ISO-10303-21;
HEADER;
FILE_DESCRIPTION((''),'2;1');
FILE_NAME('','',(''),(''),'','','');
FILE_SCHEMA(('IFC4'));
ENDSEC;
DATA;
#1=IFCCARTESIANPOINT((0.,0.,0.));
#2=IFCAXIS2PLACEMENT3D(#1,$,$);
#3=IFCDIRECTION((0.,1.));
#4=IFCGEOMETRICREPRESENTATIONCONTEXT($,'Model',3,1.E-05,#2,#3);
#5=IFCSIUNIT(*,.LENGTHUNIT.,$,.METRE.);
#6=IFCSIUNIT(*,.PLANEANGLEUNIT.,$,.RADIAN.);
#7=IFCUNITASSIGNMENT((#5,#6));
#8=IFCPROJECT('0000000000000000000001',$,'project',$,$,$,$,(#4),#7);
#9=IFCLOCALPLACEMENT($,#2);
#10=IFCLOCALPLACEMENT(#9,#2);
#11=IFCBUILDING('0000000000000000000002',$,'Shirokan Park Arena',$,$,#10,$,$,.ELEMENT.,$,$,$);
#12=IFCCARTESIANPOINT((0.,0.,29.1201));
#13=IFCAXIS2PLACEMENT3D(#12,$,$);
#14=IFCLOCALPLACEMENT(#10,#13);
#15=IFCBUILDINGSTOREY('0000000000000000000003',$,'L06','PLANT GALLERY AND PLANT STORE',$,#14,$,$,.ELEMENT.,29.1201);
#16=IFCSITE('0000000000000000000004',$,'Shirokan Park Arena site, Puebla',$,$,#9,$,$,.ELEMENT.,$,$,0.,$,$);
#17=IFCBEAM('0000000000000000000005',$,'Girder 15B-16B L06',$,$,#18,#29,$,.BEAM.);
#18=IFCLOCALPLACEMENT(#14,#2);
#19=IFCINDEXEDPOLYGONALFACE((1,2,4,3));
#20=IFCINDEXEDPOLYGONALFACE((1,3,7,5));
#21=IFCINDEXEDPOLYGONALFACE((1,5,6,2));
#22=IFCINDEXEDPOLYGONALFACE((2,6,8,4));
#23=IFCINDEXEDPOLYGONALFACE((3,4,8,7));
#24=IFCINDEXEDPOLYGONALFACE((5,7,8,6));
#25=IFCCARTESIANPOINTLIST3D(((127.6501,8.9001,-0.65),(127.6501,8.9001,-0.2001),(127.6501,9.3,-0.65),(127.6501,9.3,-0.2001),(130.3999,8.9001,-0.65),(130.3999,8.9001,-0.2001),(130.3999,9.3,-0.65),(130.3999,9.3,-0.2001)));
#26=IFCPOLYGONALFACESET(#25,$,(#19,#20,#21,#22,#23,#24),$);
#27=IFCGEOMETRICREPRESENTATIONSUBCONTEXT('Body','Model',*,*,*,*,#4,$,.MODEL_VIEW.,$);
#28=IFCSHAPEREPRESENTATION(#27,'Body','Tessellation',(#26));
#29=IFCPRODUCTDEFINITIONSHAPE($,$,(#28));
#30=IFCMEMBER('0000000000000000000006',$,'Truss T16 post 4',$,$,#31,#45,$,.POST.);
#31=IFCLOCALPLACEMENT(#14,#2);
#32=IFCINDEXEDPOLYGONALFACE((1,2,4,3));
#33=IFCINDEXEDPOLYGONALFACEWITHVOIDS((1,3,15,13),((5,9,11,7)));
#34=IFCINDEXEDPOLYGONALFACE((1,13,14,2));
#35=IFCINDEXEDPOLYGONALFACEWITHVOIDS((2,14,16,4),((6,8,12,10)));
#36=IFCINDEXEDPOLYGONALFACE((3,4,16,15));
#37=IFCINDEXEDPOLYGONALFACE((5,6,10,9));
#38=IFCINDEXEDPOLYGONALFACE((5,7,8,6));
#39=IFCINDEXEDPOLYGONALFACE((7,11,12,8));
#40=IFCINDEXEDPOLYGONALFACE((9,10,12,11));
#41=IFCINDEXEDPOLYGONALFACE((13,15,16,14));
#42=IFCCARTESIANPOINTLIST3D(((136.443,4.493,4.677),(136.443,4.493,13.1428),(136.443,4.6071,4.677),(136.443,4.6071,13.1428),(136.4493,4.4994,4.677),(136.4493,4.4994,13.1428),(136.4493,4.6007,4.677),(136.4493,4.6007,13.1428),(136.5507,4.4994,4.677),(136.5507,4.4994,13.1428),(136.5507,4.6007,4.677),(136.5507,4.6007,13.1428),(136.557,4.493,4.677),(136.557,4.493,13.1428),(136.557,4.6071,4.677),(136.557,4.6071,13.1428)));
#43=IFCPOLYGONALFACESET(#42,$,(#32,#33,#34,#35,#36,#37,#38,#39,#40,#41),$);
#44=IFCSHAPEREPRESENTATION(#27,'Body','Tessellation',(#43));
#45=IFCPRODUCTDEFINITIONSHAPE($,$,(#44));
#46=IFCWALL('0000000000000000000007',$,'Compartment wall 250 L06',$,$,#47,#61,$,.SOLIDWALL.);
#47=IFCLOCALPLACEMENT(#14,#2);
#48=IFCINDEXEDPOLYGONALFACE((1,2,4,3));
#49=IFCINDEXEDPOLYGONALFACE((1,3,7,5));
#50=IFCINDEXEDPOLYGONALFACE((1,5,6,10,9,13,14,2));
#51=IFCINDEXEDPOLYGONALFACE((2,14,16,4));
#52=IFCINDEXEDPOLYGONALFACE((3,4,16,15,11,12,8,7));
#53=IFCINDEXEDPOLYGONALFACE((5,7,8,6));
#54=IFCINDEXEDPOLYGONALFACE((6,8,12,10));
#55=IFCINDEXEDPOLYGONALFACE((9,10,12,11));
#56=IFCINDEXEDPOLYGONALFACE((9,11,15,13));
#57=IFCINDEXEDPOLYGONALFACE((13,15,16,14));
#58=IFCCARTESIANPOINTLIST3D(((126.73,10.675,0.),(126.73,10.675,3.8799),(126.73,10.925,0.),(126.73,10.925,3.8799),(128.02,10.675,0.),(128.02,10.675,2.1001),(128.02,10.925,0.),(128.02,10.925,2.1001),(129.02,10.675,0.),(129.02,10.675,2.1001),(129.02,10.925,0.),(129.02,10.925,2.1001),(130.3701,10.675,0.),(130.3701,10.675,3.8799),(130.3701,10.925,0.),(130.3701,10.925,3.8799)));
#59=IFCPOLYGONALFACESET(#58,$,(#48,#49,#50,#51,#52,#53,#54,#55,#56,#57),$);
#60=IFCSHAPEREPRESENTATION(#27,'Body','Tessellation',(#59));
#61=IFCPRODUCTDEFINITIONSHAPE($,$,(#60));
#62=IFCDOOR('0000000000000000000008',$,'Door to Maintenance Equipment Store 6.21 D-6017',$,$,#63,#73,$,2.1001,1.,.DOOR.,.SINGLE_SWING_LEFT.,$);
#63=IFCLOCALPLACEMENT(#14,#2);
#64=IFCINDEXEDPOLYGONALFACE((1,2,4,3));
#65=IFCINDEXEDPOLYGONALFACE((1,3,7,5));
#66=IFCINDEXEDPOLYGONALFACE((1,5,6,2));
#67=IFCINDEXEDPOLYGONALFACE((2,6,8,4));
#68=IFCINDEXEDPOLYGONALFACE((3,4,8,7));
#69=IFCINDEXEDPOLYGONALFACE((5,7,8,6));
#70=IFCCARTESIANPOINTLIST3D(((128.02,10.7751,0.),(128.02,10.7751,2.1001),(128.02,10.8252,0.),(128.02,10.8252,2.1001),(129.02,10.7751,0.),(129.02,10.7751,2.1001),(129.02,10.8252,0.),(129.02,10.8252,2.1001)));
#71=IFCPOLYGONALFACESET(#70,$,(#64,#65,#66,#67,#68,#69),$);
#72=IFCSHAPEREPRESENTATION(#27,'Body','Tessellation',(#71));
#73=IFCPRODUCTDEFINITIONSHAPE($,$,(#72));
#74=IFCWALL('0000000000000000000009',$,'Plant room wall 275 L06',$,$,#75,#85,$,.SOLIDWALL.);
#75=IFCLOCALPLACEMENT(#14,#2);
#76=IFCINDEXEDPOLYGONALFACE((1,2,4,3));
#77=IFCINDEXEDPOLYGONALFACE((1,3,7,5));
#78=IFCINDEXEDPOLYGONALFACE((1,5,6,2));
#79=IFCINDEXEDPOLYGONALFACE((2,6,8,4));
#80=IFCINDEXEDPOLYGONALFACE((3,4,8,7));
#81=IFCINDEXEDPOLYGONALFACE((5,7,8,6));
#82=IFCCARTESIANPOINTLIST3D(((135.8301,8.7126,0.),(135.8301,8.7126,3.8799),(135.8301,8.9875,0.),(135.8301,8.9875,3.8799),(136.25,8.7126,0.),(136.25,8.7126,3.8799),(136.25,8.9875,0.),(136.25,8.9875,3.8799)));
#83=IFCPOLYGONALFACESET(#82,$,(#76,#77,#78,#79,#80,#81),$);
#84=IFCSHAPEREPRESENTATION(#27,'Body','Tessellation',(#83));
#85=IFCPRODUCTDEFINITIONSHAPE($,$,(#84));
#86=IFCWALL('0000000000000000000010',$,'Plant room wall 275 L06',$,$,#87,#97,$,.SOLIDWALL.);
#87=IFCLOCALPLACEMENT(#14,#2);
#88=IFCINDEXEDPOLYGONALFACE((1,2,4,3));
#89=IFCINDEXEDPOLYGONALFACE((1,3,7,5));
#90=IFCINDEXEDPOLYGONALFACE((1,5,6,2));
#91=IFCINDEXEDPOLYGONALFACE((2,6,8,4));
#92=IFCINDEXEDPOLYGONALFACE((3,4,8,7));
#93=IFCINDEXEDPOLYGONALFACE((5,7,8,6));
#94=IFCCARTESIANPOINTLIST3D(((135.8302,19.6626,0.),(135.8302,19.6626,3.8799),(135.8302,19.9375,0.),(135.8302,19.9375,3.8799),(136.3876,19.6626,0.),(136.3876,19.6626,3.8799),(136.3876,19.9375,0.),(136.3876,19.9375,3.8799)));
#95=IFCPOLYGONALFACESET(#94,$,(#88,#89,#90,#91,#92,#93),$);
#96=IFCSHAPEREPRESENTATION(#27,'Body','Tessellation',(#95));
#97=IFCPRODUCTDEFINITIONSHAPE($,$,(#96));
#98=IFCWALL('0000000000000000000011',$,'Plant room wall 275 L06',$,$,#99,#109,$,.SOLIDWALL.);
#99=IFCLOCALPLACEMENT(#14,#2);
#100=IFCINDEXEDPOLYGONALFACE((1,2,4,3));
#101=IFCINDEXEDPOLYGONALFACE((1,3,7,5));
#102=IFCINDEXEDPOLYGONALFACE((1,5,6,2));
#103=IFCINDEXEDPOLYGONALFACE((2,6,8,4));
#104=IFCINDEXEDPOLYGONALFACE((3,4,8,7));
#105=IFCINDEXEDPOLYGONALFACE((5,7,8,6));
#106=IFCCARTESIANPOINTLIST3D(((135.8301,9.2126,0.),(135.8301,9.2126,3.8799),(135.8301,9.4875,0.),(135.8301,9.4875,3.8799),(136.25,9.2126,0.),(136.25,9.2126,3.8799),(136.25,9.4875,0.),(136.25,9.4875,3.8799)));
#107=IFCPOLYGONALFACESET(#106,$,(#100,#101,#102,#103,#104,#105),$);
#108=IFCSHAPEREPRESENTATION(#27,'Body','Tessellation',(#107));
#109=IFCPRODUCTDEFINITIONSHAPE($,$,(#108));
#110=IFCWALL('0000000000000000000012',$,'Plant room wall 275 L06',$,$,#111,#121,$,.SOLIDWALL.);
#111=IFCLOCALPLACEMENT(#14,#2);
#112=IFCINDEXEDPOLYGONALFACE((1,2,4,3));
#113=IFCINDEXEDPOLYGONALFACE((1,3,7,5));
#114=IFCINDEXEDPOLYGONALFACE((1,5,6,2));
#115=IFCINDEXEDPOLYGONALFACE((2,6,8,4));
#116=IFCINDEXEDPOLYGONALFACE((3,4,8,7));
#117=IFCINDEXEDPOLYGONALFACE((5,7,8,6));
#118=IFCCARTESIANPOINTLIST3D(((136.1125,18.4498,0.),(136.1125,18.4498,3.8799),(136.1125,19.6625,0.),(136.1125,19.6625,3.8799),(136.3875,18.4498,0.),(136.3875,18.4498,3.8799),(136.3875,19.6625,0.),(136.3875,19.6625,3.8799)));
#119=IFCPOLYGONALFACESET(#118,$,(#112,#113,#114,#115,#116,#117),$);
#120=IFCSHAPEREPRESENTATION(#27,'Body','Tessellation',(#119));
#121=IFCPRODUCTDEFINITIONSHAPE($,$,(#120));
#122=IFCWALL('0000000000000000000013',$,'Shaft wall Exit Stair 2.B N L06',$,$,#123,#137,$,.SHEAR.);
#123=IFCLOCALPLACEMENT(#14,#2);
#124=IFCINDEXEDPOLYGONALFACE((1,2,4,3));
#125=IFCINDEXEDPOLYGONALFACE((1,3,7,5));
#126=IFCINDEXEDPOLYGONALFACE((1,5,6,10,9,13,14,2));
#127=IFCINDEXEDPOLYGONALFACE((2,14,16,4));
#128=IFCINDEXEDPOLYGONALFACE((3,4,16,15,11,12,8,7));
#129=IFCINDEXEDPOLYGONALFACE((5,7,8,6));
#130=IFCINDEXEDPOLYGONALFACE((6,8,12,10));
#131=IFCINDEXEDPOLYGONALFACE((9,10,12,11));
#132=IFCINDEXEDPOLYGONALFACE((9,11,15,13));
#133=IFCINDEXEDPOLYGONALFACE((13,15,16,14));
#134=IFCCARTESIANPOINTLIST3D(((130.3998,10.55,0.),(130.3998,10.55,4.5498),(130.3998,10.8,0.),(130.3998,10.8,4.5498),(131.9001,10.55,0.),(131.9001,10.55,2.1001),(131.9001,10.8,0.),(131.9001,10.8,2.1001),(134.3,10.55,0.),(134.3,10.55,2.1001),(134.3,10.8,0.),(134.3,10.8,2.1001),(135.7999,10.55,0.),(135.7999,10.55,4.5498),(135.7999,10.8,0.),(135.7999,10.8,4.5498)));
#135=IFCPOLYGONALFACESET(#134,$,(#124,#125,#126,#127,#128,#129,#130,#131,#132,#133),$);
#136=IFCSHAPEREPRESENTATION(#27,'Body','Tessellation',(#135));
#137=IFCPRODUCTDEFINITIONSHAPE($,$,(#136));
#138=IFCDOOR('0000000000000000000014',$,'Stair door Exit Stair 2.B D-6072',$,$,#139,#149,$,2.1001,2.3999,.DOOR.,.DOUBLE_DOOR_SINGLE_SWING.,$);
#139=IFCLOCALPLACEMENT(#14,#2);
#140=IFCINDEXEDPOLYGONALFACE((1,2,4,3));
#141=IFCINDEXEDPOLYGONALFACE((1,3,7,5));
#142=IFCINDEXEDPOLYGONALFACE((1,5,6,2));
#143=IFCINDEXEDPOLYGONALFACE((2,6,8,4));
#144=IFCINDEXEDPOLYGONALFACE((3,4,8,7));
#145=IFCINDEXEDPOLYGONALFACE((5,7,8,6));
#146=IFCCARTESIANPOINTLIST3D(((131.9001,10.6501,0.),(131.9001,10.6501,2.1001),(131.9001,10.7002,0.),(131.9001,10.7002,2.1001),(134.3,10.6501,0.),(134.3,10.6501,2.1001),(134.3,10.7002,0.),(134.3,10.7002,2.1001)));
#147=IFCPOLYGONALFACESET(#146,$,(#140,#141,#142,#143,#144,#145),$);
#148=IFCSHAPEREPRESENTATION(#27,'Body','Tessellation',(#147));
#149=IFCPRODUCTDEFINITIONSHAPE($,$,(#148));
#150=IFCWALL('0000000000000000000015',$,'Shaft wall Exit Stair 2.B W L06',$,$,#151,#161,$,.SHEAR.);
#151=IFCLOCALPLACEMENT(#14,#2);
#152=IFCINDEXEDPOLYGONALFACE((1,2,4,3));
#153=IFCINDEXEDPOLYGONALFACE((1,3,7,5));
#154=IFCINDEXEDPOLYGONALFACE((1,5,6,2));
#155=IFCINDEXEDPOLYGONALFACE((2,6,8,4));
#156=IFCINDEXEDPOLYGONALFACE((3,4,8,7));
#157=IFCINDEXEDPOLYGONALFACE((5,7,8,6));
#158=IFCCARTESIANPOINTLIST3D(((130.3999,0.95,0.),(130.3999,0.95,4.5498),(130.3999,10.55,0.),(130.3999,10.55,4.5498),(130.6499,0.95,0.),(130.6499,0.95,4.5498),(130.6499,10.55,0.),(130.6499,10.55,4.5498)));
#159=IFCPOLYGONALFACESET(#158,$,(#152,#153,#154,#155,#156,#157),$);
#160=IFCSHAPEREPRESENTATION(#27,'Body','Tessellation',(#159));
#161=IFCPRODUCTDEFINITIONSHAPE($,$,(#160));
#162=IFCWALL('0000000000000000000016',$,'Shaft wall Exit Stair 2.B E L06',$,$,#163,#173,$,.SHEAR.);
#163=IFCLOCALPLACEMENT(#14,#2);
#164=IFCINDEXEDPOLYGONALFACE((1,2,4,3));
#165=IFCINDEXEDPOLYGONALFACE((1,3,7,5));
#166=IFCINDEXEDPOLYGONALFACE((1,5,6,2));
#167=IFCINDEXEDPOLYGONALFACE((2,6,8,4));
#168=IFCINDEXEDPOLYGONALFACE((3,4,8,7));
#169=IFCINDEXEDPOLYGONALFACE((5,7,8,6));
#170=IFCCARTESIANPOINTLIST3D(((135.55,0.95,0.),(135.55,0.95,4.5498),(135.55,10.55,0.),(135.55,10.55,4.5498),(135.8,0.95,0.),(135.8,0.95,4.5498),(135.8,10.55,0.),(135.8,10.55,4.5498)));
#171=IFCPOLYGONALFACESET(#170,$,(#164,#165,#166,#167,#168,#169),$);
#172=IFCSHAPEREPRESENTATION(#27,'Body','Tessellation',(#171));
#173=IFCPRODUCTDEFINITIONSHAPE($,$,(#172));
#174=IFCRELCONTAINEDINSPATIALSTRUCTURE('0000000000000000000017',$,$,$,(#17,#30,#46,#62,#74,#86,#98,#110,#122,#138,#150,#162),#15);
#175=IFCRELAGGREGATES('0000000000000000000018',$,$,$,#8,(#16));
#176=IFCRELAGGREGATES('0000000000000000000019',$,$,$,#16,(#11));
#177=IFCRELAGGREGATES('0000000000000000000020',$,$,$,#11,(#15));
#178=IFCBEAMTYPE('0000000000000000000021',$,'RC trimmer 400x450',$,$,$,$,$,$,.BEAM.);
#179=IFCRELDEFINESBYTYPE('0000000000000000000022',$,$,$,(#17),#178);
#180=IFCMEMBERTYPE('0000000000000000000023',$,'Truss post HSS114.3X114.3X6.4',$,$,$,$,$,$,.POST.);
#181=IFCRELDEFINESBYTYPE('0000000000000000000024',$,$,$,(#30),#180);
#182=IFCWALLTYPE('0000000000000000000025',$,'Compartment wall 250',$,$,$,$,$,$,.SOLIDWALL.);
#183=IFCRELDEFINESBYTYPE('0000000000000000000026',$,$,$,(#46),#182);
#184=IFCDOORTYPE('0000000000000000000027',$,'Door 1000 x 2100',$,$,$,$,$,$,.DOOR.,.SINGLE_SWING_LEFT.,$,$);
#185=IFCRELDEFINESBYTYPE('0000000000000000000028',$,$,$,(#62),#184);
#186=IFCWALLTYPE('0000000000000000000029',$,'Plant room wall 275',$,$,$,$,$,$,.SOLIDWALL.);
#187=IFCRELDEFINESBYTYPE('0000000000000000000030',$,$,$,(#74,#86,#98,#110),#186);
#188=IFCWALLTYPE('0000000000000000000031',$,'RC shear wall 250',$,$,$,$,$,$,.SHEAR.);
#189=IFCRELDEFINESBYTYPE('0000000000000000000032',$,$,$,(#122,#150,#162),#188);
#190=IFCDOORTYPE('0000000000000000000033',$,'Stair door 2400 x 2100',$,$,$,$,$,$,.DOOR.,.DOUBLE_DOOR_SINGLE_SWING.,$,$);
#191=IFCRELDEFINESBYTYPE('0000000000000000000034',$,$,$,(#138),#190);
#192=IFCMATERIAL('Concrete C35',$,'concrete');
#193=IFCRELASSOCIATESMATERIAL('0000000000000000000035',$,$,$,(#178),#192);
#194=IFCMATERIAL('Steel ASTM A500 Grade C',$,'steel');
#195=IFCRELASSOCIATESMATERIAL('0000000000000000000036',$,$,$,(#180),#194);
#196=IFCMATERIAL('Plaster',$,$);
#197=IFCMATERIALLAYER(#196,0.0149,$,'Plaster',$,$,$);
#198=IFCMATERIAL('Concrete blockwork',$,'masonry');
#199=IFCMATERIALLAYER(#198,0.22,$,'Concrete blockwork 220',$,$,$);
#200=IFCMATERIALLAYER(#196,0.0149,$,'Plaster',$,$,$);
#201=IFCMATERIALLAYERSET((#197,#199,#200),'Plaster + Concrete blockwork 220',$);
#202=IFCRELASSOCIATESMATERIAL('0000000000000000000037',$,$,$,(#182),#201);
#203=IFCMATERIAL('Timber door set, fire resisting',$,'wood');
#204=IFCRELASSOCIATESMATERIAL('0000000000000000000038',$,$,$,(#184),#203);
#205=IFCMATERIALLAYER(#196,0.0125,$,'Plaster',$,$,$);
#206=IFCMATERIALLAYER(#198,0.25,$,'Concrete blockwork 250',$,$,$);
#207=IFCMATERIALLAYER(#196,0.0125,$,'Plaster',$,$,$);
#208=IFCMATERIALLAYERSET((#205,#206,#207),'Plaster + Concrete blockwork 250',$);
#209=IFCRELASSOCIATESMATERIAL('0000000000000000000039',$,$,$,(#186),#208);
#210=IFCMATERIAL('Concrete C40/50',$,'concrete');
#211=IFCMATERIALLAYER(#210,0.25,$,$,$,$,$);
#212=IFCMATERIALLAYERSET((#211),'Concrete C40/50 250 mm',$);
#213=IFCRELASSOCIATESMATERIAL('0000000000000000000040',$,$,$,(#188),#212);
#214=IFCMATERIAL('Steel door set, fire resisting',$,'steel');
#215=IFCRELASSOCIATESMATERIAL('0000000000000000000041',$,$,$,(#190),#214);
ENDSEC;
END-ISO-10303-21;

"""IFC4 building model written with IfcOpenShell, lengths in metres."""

from ifc_helpers import new_model, si_unit, direction, frame, frame_2d, origin, origin_2d, place, context, subcontext, project, spatial, rectangle, hollow_rectangle, extrude, material, layer, layer_set, material_profile, profile_set, type_object, element, fill, save


model = new_model("IFC4")

# Units and contexts
model_context = context("Model", 3, precision=1e-05, world=origin(), true_north=direction((0.0, 1.0)))
body_context = subcontext(model_context, "Body", "Model", "MODEL_VIEW")
ifc_project = project(units=[si_unit("LENGTHUNIT", "METRE"), si_unit("PLANEANGLEUNIT", "RADIAN")], contexts=[model_context])

# Site, building, storey
site_placement = place(None, origin())
site = spatial("IfcSite", under=ifc_project, at=site_placement, Name="Shirokan Park Arena site, Puebla", CompositionType="ELEMENT", RefElevation=0.0)
building_placement = place(site_placement, origin())
building = spatial("IfcBuilding", under=site, at=building_placement, Name="Shirokan Park Arena", CompositionType="ELEMENT")
storey_placement = place(building_placement, frame((0.0, 0.0, 29.1201)))
storey = spatial("IfcBuildingStorey", under=building, at=storey_placement, Name="L06", Description="PLANT GALLERY AND PLANT STORE", CompositionType="ELEMENT", Elevation=29.1201)

# Shared definitions
ifc_material_1 = material(Name="Concrete C35", Category="concrete")

# Shared definitions
ifc_material_2 = material(Name="Steel ASTM A500 Grade C", Category="steel")

# Beam
ifc_material_profile_1 = material_profile(ifc_material_1, rectangle(XDim=0.3999, YDim=0.45, at=origin_2d()), Name="400x450")
ifc_profile_set_1 = profile_set([ifc_material_profile_1], Name="Concrete C35")
beam_type_1 = type_object("IfcBeamType", Name="RC trimmer 400x450", PredefinedType="BEAM", material=ifc_profile_set_1)
beam_1_placement = place(storey_placement, frame((127.6501, 9.1001, -0.425), z_axis=(1.0, 0.0, 0.0), x_axis=(0.0, 1.0, 0.0)))
element("IfcBeam", 1, at=beam_1_placement, inside=storey, type_object=beam_type_1, Name="Girder 15B-16B L06", PredefinedType="BEAM", context=body_context, shape_type="SweptSolid", body=[
    extrude(rectangle(XDim=0.3999, YDim=0.45, at=origin_2d()), origin(), (0.0, 0.0, 1.0), 2.7498),
])

# Member
ifc_material_profile_2 = material_profile(ifc_material_2, hollow_rectangle(XDim=0.114, YDim=0.114, WallThickness=0.0063, at=origin_2d()), Name="HSS114.3X114.3X6.4")
ifc_profile_set_2 = profile_set([ifc_material_profile_2], Name="Steel ASTM A500 Grade C")
member_type_1 = type_object("IfcMemberType", Name="Truss post HSS114.3X114.3X6.4", PredefinedType="POST", material=ifc_profile_set_2)
member_1_placement = place(storey_placement, frame((136.5, 4.55, 4.677), z_axis=(0.0, 0.0, 1.0), x_axis=(1.0, 0.0, 0.0)))
element("IfcMember", 2, at=member_1_placement, inside=storey, type_object=member_type_1, Name="Truss T16 post 4", PredefinedType="POST", context=body_context, shape_type="SweptSolid", body=[
    extrude(hollow_rectangle(XDim=0.114, YDim=0.114, WallThickness=0.0063, at=origin_2d()), origin(), (0.0, 0.0, 1.0), 8.4658),
])

# Wall, opening, door
ifc_material_3 = material(Name="Plaster")
ifc_layer_1 = layer(ifc_material_3, 0.0149, Name="Plaster")
ifc_material_4 = material(Name="Concrete blockwork", Category="masonry")
ifc_layer_2 = layer(ifc_material_4, 0.22, Name="Concrete blockwork 220")
ifc_layer_3 = layer(ifc_material_3, 0.0149, Name="Plaster")
ifc_layer_set_1 = layer_set([ifc_layer_1, ifc_layer_2, ifc_layer_3], Name="Plaster + Concrete blockwork 220")
wall_type_1 = type_object("IfcWallType", Name="Compartment wall 250", PredefinedType="SOLIDWALL", material=ifc_layer_set_1)
wall_1_placement = place(storey_placement, frame((130.3701, 10.8, 0.0), z_axis=(0.0, 0.0, 1.0), x_axis=(-1.0, 0.0, 0.0)))
wall_1 = element("IfcWall", 3, at=wall_1_placement, inside=storey, type_object=wall_type_1, Name="Compartment wall 250 L06", PredefinedType="SOLIDWALL", context=body_context, shape_type="SweptSolid", body=[
    extrude(rectangle(XDim=3.6401, YDim=0.25, at=frame_2d((1.8201, 0.0))), origin(), (0.0, 0.0, 1.0), 3.8799),
])
opening_1_placement = place(wall_1_placement, frame((1.3501, 0.0, 0.0)))
opening_1 = element("IfcOpeningElement", 4, at=opening_1_placement, cuts=wall_1, PredefinedType="OPENING", context=body_context, shape_type="SweptSolid", body=[
    extrude(rectangle(XDim=1.0, YDim=2.1001, at=frame_2d((0.5, 1.05))), frame((0.0, 0.135, 0.0), z_axis=(0.0, -1.0, 0.0), x_axis=(1.0, 0.0, 0.0)), (0.0, 0.0, 1.0), 0.27),
])
ifc_material_5 = material(Name="Timber door set, fire resisting", Category="wood")
door_type_1 = type_object("IfcDoorType", Name="Door 1000 x 2100", OperationType="SINGLE_SWING_LEFT", PredefinedType="DOOR", material=ifc_material_5)
door_1_placement = place(opening_1_placement, origin())
door_1 = element("IfcDoor", 5, at=door_1_placement, inside=storey, type_object=door_type_1, Name="Door to Maintenance Equipment Store 6.21 D-6017", OperationType="SINGLE_SWING_LEFT", OverallHeight=2.1001, OverallWidth=1.0, PredefinedType="DOOR", context=body_context, shape_type="SweptSolid", body=[
    extrude(rectangle(XDim=1.0, YDim=2.1001, at=frame_2d((0.5, 1.05))), frame((0.0, 0.0249, 0.0), z_axis=(0.0, -1.0, 0.0), x_axis=(1.0, 0.0, 0.0)), (0.0, 0.0, 1.0), 0.05),
])
fill(opening_1, door_1)

# Walls
ifc_layer_4 = layer(ifc_material_3, 0.0125, Name="Plaster")
ifc_layer_5 = layer(ifc_material_4, 0.25, Name="Concrete blockwork 250")
ifc_layer_6 = layer(ifc_material_3, 0.0125, Name="Plaster")
ifc_layer_set_2 = layer_set([ifc_layer_4, ifc_layer_5, ifc_layer_6], Name="Plaster + Concrete blockwork 250")
wall_type_2 = type_object("IfcWallType", Name="Plant room wall 275", PredefinedType="SOLIDWALL", material=ifc_layer_set_2)
wall_2_placement = place(storey_placement, frame((135.8301, 8.8501, 0.0), z_axis=(0.0, 0.0, 1.0), x_axis=(1.0, 0.0, 0.0)))
element("IfcWall", 6, at=wall_2_placement, inside=storey, type_object=wall_type_2, Name="Plant room wall 275 L06", PredefinedType="SOLIDWALL", context=body_context, shape_type="SweptSolid", body=[
    extrude(rectangle(XDim=0.4199, YDim=0.2749, at=frame_2d((0.21, 0.0))), origin(), (0.0, 0.0, 1.0), 3.8799),
])
wall_3_placement = place(storey_placement, frame((135.8301, 19.8, 0.0), z_axis=(0.0, 0.0, 1.0), x_axis=(1.0, 0.0, 0.0)))
element("IfcWall", 7, at=wall_3_placement, inside=storey, type_object=wall_type_2, Name="Plant room wall 275 L06", PredefinedType="SOLIDWALL", context=body_context, shape_type="SweptSolid", body=[
    extrude(rectangle(XDim=0.5574, YDim=0.2749, at=frame_2d((0.2788, 0.0))), origin(), (0.0, 0.0, 1.0), 3.8799),
])
wall_4_placement = place(storey_placement, frame((136.25, 9.3501, 0.0), z_axis=(0.0, 0.0, 1.0), x_axis=(-1.0, 0.0, 0.0)))
element("IfcWall", 8, at=wall_4_placement, inside=storey, type_object=wall_type_2, Name="Plant room wall 275 L06", PredefinedType="SOLIDWALL", context=body_context, shape_type="SweptSolid", body=[
    extrude(rectangle(XDim=0.4199, YDim=0.2749, at=frame_2d((0.21, 0.0))), origin(), (0.0, 0.0, 1.0), 3.8799),
])
wall_5_placement = place(storey_placement, frame((136.25, 19.6626, 0.0), z_axis=(0.0, 0.0, 1.0), x_axis=(0.0, -1.0, 0.0)))
element("IfcWall", 9, at=wall_5_placement, inside=storey, type_object=wall_type_2, Name="Plant room wall 275 L06", PredefinedType="SOLIDWALL", context=body_context, shape_type="SweptSolid", body=[
    extrude(rectangle(XDim=1.2126, YDim=0.2749, at=frame_2d((0.6064, 0.0))), origin(), (0.0, 0.0, 1.0), 3.8799),
])

# Wall, opening, door
ifc_material_6 = material(Name="Concrete C40/50", Category="concrete")
ifc_layer_7 = layer(ifc_material_6, 0.25)
ifc_layer_set_3 = layer_set([ifc_layer_7], Name="Concrete C40/50 250 mm")
wall_type_3 = type_object("IfcWallType", Name="RC shear wall 250", PredefinedType="SHEAR", material=ifc_layer_set_3)
wall_6_placement = place(storey_placement, frame((135.8, 10.675, 0.0), z_axis=(0.0, 0.0, 1.0), x_axis=(-1.0, 0.0, 0.0)))
wall_6 = element("IfcWall", 10, at=wall_6_placement, inside=storey, type_object=wall_type_3, Name="Shaft wall Exit Stair 2.B N L06", PredefinedType="SHEAR", context=body_context, shape_type="SweptSolid", body=[
    extrude(rectangle(XDim=5.4001, YDim=0.25, at=frame_2d((2.7002, 0.0))), origin(), (0.0, 0.0, 1.0), 4.5498),
])
opening_2_placement = place(wall_6_placement, frame((1.5, 0.0, 0.0)))
opening_2 = element("IfcOpeningElement", 11, at=opening_2_placement, cuts=wall_6, PredefinedType="OPENING", context=body_context, shape_type="SweptSolid", body=[
    extrude(rectangle(XDim=2.3999, YDim=2.1001, at=frame_2d((1.2, 1.05))), frame((0.0, 0.135, 0.0), z_axis=(0.0, -1.0, 0.0), x_axis=(1.0, 0.0, 0.0)), (0.0, 0.0, 1.0), 0.27),
])
ifc_material_7 = material(Name="Steel door set, fire resisting", Category="steel")
door_type_2 = type_object("IfcDoorType", Name="Stair door 2400 x 2100", OperationType="DOUBLE_DOOR_SINGLE_SWING", PredefinedType="DOOR", material=ifc_material_7)
door_2_placement = place(opening_2_placement, origin())
door_2 = element("IfcDoor", 12, at=door_2_placement, inside=storey, type_object=door_type_2, Name="Stair door Exit Stair 2.B D-6072", OperationType="DOUBLE_DOOR_SINGLE_SWING", OverallHeight=2.1001, OverallWidth=2.3999, PredefinedType="DOOR", context=body_context, shape_type="SweptSolid", body=[
    extrude(rectangle(XDim=2.3999, YDim=2.1001, at=frame_2d((1.2, 1.05))), frame((0.0, 0.0249, 0.0), z_axis=(0.0, -1.0, 0.0), x_axis=(1.0, 0.0, 0.0)), (0.0, 0.0, 1.0), 0.05),
])
fill(opening_2, door_2)

# Walls
for number, where, z_axis, x_axis, name in (
    (13, (130.5249, 10.55, 0.0), (0.0, 0.0, 1.0), (0.0, -1.0, 0.0), "Shaft wall Exit Stair 2.B W L06"),
    (14, (135.675, 10.55, 0.0), (0.0, 0.0, 1.0), (0.0, -1.0, 0.0), "Shaft wall Exit Stair 2.B E L06"),
):
    element("IfcWall", number, at=place(storey_placement, frame(where, z_axis=z_axis, x_axis=x_axis)), inside=storey, type_object=wall_type_3, Name=name, PredefinedType="SHEAR", context=body_context, shape_type="SweptSolid", body=[
        extrude(rectangle(XDim=9.6001, YDim=0.25, at=frame_2d((4.8, 0.0))), origin(), (0.0, 0.0, 1.0), 4.5498),
    ])

save(model, "model.ifc")
